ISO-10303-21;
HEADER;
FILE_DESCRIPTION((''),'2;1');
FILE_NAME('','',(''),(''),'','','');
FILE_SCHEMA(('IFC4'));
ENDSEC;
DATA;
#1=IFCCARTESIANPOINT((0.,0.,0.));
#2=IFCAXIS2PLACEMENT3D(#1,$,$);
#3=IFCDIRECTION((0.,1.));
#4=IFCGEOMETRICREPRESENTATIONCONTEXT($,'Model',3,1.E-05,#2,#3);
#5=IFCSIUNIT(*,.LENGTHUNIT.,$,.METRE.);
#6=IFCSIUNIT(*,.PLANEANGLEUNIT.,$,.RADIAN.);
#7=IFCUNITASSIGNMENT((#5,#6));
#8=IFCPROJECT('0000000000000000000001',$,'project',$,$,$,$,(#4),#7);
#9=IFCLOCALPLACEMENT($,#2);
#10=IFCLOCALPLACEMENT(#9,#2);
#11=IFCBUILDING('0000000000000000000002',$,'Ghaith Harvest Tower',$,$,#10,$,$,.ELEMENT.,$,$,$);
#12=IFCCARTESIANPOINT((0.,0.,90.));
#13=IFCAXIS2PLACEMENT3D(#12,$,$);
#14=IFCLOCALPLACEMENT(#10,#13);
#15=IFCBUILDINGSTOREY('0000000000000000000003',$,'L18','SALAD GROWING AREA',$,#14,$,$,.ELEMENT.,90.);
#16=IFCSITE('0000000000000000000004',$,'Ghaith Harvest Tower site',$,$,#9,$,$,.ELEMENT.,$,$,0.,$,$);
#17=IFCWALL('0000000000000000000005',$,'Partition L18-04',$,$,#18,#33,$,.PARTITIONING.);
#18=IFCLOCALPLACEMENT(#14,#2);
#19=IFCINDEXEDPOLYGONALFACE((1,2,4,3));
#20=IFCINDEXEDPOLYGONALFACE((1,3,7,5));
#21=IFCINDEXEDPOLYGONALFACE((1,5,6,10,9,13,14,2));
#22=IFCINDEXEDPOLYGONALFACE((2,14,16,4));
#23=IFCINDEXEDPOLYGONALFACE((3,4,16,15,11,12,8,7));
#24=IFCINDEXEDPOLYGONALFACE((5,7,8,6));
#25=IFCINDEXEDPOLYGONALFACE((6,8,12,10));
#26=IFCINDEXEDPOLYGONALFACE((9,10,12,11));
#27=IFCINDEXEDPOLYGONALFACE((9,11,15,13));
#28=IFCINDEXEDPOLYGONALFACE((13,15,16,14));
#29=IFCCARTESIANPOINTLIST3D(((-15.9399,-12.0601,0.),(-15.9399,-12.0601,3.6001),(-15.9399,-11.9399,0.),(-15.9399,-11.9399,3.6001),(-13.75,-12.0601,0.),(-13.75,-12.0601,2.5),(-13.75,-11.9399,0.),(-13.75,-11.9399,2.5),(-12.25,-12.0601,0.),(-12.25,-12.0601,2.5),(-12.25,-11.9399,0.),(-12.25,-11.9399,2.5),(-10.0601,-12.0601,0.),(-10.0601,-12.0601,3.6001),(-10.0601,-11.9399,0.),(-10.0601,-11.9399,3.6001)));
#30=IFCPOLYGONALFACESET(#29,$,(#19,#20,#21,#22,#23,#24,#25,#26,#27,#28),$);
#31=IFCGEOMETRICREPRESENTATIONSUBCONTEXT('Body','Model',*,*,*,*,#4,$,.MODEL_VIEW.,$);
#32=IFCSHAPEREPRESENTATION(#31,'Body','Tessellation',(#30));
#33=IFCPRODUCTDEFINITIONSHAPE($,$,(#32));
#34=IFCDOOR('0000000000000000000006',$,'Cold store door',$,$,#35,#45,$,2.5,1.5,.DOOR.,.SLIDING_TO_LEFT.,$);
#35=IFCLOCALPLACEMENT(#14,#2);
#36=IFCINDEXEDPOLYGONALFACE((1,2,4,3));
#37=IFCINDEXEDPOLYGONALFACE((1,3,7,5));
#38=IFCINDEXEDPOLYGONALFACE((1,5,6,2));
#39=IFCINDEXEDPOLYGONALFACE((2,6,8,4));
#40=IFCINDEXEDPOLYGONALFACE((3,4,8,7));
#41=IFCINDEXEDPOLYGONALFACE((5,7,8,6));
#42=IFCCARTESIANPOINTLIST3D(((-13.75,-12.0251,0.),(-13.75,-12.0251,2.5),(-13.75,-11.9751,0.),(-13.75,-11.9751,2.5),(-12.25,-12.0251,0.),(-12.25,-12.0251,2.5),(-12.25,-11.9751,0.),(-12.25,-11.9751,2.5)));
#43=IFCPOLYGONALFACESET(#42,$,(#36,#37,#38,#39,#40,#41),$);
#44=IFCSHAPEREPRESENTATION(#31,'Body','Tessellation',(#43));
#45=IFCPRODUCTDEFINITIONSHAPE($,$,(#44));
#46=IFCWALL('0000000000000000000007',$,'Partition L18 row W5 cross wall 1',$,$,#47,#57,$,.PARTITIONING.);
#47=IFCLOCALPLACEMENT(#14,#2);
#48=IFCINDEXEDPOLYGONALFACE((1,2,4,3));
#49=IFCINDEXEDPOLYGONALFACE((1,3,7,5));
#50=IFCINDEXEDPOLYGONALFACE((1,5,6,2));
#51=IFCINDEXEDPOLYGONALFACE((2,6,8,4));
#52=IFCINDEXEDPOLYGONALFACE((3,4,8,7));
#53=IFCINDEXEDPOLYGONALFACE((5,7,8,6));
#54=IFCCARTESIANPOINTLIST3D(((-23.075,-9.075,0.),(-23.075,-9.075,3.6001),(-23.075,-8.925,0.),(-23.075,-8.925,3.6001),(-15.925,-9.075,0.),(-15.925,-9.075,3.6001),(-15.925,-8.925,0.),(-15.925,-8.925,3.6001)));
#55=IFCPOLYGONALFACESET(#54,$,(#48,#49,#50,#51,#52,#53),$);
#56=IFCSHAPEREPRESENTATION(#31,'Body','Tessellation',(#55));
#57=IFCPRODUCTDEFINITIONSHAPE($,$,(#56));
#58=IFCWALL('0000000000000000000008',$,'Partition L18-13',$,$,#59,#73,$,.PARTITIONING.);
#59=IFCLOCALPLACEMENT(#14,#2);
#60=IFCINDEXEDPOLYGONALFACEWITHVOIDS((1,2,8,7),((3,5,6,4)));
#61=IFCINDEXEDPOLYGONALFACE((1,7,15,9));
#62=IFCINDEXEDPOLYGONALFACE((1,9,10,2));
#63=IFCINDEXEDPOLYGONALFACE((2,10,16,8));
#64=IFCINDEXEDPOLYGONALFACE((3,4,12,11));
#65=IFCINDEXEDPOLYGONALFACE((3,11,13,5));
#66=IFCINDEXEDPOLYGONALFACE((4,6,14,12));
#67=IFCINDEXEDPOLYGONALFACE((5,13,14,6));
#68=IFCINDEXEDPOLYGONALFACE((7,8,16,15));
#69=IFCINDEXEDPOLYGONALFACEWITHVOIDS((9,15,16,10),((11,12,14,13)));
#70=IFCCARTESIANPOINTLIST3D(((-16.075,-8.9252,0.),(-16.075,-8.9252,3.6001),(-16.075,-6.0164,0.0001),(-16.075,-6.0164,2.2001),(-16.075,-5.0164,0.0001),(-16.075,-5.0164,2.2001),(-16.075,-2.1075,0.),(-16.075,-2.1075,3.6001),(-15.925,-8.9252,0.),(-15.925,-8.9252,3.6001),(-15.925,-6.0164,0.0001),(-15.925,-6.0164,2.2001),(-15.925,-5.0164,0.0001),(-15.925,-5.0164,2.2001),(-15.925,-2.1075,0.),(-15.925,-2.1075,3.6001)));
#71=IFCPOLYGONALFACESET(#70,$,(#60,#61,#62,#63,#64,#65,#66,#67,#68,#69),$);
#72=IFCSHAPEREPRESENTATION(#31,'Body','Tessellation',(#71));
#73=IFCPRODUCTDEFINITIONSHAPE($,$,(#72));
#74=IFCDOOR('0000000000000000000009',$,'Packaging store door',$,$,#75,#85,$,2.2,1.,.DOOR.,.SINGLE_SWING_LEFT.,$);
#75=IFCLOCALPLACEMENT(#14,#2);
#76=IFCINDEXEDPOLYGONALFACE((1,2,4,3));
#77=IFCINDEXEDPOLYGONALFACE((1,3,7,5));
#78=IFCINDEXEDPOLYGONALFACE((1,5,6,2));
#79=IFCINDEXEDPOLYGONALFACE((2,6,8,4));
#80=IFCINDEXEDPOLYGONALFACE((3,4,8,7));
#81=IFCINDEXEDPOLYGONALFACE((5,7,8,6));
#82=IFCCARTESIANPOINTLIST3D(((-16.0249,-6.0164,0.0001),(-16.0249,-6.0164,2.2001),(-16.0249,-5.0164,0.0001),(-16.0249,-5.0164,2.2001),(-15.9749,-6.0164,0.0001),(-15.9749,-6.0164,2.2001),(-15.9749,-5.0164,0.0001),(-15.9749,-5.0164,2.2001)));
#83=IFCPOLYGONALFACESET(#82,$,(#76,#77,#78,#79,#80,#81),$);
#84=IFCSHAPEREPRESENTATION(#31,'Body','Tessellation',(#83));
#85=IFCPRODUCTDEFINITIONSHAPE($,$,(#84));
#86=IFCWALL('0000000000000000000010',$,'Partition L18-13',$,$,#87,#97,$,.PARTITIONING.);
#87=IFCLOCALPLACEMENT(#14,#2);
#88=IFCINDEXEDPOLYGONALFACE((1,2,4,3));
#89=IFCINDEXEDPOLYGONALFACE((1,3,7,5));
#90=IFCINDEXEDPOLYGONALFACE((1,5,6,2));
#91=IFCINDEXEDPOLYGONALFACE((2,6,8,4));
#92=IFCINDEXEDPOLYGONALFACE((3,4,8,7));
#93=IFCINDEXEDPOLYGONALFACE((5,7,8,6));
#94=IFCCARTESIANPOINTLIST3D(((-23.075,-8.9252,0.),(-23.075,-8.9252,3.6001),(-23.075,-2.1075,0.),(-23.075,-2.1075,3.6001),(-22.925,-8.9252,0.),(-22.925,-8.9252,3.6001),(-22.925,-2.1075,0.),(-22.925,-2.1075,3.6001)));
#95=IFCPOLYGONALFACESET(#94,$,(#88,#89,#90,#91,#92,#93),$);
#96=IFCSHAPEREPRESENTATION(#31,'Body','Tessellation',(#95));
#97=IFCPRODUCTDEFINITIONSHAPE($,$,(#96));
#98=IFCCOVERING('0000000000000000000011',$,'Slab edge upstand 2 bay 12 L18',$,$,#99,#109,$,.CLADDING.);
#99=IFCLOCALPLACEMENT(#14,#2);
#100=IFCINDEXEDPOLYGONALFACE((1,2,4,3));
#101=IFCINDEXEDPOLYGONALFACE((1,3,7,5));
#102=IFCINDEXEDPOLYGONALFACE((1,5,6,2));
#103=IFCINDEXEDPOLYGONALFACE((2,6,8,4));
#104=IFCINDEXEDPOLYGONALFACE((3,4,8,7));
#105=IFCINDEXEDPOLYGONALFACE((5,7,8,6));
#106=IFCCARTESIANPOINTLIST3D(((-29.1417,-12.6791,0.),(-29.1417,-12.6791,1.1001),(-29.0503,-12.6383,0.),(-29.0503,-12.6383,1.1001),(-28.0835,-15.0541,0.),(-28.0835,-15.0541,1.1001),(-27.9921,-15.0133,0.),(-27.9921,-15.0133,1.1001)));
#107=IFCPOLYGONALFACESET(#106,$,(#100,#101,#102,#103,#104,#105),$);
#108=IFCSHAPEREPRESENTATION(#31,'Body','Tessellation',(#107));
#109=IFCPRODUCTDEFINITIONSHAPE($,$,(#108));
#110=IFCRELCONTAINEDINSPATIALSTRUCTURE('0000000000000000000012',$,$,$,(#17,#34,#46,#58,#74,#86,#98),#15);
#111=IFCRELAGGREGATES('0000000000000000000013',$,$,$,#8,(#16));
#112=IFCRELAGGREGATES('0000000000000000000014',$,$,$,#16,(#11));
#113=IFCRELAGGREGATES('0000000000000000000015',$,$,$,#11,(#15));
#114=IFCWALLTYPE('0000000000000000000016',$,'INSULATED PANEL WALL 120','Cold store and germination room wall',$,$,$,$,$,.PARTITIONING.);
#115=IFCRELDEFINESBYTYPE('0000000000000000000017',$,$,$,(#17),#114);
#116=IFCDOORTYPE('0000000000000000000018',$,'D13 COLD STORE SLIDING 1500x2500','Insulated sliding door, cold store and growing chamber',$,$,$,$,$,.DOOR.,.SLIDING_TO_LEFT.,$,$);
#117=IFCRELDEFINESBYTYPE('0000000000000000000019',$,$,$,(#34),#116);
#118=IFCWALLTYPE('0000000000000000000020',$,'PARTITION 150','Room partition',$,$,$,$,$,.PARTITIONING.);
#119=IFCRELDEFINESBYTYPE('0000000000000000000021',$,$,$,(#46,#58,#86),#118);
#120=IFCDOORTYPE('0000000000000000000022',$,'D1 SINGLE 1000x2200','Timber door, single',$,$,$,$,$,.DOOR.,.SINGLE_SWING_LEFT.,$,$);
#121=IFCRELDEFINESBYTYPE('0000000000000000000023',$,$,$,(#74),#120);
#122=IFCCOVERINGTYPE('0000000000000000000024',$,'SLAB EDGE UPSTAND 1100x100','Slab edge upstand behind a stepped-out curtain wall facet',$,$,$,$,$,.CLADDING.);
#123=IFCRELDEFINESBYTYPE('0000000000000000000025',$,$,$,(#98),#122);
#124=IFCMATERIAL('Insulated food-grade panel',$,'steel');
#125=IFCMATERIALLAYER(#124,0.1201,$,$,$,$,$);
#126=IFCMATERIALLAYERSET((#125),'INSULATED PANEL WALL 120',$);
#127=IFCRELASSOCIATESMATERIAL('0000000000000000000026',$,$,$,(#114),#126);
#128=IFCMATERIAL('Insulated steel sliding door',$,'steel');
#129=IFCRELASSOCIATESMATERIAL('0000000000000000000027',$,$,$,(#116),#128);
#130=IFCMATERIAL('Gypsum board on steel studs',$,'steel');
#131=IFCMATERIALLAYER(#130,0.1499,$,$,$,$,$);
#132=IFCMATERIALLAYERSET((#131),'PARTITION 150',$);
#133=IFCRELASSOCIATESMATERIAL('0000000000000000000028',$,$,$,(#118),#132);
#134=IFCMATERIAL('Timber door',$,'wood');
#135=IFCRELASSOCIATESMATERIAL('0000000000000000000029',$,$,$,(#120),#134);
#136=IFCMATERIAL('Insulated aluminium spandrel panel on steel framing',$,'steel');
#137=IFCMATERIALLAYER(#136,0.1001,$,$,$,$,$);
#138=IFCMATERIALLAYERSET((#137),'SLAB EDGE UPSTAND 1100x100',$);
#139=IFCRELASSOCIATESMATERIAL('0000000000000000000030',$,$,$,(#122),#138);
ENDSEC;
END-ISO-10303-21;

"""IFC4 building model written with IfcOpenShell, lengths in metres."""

from ifc_helpers import new_model, si_unit, direction, frame, frame_2d, origin, origin_2d, place, context, subcontext, project, spatial, rectangle, extrude, material, layer, layer_set, type_object, element, fill, save


model = new_model("IFC4")

# Units and contexts
model_context = context("Model", 3, precision=1e-05, world=origin(), true_north=direction((0.0, 1.0)))
body_context = subcontext(model_context, "Body", "Model", "MODEL_VIEW")
ifc_project = project(units=[si_unit("LENGTHUNIT", "METRE"), si_unit("PLANEANGLEUNIT", "RADIAN")], contexts=[model_context])

# Site, building, storey
site_placement = place(None, origin())
site = spatial("IfcSite", under=ifc_project, at=site_placement, Name="Ghaith Harvest Tower site", CompositionType="ELEMENT", RefElevation=0.0)
building_placement = place(site_placement, origin())
building = spatial("IfcBuilding", under=site, at=building_placement, Name="Ghaith Harvest Tower", CompositionType="ELEMENT")
storey_placement = place(building_placement, frame((0.0, 0.0, 90.0)))
storey = spatial("IfcBuildingStorey", under=building, at=storey_placement, Name="L18", Description="SALAD GROWING AREA", CompositionType="ELEMENT", Elevation=90.0)

# Shared definitions
ifc_material_1 = material(Name="Insulated food-grade panel", Category="steel")
ifc_layer_1 = layer(ifc_material_1, 0.1201)
ifc_layer_set_1 = layer_set([ifc_layer_1], Name="INSULATED PANEL WALL 120")
wall_type_1 = type_object("IfcWallType", Name="INSULATED PANEL WALL 120", Description="Cold store and germination room wall", PredefinedType="PARTITIONING", material=ifc_layer_set_1)

# Wall, opening, door
ifc_material_2 = material(Name="Insulated steel sliding door", Category="steel")
door_type_1 = type_object("IfcDoorType", Name="D13 COLD STORE SLIDING 1500x2500", Description="Insulated sliding door, cold store and growing chamber", OperationType="SLIDING_TO_LEFT", PredefinedType="DOOR", material=ifc_material_2)
wall_1_placement = place(storey_placement, frame((-15.9399, -12.0, 0.0), z_axis=(0.0, 0.0, 1.0), x_axis=(1.0, 0.0, 0.0)))
wall_1 = element("IfcWall", 1, at=wall_1_placement, inside=storey, type_object=wall_type_1, Name="Partition L18-04", PredefinedType="PARTITIONING", context=body_context, shape_type="SweptSolid", body=[
    extrude(rectangle(XDim=5.8799, YDim=0.1201, at=frame_2d((2.9399, 0.0))), origin(), (0.0, 0.0, 1.0), 3.6001),
])
opening_1_placement = place(wall_1_placement, frame((2.1899, 0.0, 0.0)))
opening_1 = element("IfcOpeningElement", 2, at=opening_1_placement, cuts=wall_1, PredefinedType="OPENING", context=body_context, shape_type="SweptSolid", body=[
    extrude(rectangle(XDim=1.5, YDim=2.5, at=frame_2d((0.75, 1.25))), frame((0.0, 0.0701, 0.0), z_axis=(0.0, -1.0, 0.0), x_axis=(1.0, 0.0, 0.0)), (0.0, 0.0, 1.0), 0.1401),
])
door_1_placement = place(opening_1_placement, origin())
door_1 = element("IfcDoor", 3, at=door_1_placement, inside=storey, type_object=door_type_1, Name="Cold store door", OperationType="SLIDING_TO_LEFT", OverallHeight=2.5, OverallWidth=1.5, PredefinedType="DOOR", context=body_context, shape_type="SweptSolid", body=[
    extrude(rectangle(XDim=1.5, YDim=2.5, at=frame_2d((0.75, 1.25))), frame((0.0, 0.0249, 0.0), z_axis=(0.0, -1.0, 0.0), x_axis=(1.0, 0.0, 0.0)), (0.0, 0.0, 1.0), 0.05),
])
fill(opening_1, door_1)

# Wall
ifc_material_3 = material(Name="Gypsum board on steel studs", Category="steel")
ifc_layer_2 = layer(ifc_material_3, 0.1499)
ifc_layer_set_2 = layer_set([ifc_layer_2], Name="PARTITION 150")
wall_type_2 = type_object("IfcWallType", Name="PARTITION 150", Description="Room partition", PredefinedType="PARTITIONING", material=ifc_layer_set_2)
wall_2_placement = place(storey_placement, frame((-15.925, -9.0, 0.0), z_axis=(0.0, 0.0, 1.0), x_axis=(-1.0, 0.0, 0.0)))
element("IfcWall", 4, at=wall_2_placement, inside=storey, type_object=wall_type_2, Name="Partition L18 row W5 cross wall 1", PredefinedType="PARTITIONING", context=body_context, shape_type="SweptSolid", body=[
    extrude(rectangle(XDim=7.1499, YDim=0.1499, at=frame_2d((3.575, 0.0))), origin(), (0.0, 0.0, 1.0), 3.6001),
])

# Wall, opening, door
wall_3_placement = place(storey_placement, frame((-16.0, -8.925, 0.0), z_axis=(0.0, 0.0, 1.0), x_axis=(0.0, 1.0, 0.0)))
wall_3 = element("IfcWall", 5, at=wall_3_placement, inside=storey, type_object=wall_type_2, Name="Partition L18-13", PredefinedType="PARTITIONING", context=body_context, shape_type="SweptSolid", body=[
    extrude(rectangle(XDim=6.8176, YDim=0.1499, at=frame_2d((3.4087, 0.0))), origin(), (0.0, 0.0, 1.0), 3.6001),
])
opening_2_placement = place(wall_3_placement, frame((2.9087, 0.0, 0.0)))
opening_2 = element("IfcOpeningElement", 6, at=opening_2_placement, cuts=wall_3, PredefinedType="OPENING", context=body_context, shape_type="SweptSolid", body=[
    extrude(rectangle(XDim=1.0, YDim=2.2, at=frame_2d((0.5, 1.1001))), frame((0.0, 0.085, 0.0), z_axis=(0.0, -1.0, 0.0), x_axis=(1.0, 0.0, 0.0)), (0.0, 0.0, 1.0), 0.1699),
])
ifc_material_4 = material(Name="Timber door", Category="wood")
door_type_2 = type_object("IfcDoorType", Name="D1 SINGLE 1000x2200", Description="Timber door, single", OperationType="SINGLE_SWING_LEFT", PredefinedType="DOOR", material=ifc_material_4)
door_2_placement = place(opening_2_placement, origin())
door_2 = element("IfcDoor", 7, at=door_2_placement, inside=storey, type_object=door_type_2, Name="Packaging store door", OperationType="SINGLE_SWING_LEFT", OverallHeight=2.2, OverallWidth=1.0, PredefinedType="DOOR", context=body_context, shape_type="SweptSolid", body=[
    extrude(rectangle(XDim=1.0, YDim=2.2, at=frame_2d((0.5, 1.1001))), frame((0.0, 0.0249, 0.0), z_axis=(0.0, -1.0, 0.0), x_axis=(1.0, 0.0, 0.0)), (0.0, 0.0, 1.0), 0.05),
])
fill(opening_2, door_2)

# Wall
wall_4_placement = place(storey_placement, frame((-23.0, -8.925, 0.0), z_axis=(0.0, 0.0, 1.0), x_axis=(0.0, 1.0, 0.0)))
element("IfcWall", 8, at=wall_4_placement, inside=storey, type_object=wall_type_2, Name="Partition L18-13", PredefinedType="PARTITIONING", context=body_context, shape_type="SweptSolid", body=[
    extrude(rectangle(XDim=6.8176, YDim=0.1499, at=frame_2d((3.4087, 0.0))), origin(), (0.0, 0.0, 1.0), 3.6001),
])

# Covering
ifc_material_5 = material(Name="Insulated aluminium spandrel panel on steel framing", Category="steel")
ifc_layer_3 = layer(ifc_material_5, 0.1001)
ifc_layer_set_3 = layer_set([ifc_layer_3], Name="SLAB EDGE UPSTAND 1100x100")
covering_type = type_object("IfcCoveringType", Name="SLAB EDGE UPSTAND 1100x100", Description="Slab edge upstand behind a stepped-out curtain wall facet", PredefinedType="CLADDING", material=ifc_layer_set_3)
covering_placement = place(storey_placement, frame((-28.5669, -13.8462, 0.0), z_axis=(0.0, 0.0, 1.0), x_axis=(0.407003, -0.913427, 0.0)))
element("IfcCovering", 9, at=covering_placement, inside=storey, type_object=covering_type, Name="Slab edge upstand 2 bay 12 L18", PredefinedType="CLADDING", context=body_context, shape_type="SweptSolid", body=[
    extrude(rectangle(XDim=2.6001, YDim=0.1001, at=origin_2d()), origin(), (0.0, 0.0, 1.0), 1.1001),
])

save(model, "model.ifc")
